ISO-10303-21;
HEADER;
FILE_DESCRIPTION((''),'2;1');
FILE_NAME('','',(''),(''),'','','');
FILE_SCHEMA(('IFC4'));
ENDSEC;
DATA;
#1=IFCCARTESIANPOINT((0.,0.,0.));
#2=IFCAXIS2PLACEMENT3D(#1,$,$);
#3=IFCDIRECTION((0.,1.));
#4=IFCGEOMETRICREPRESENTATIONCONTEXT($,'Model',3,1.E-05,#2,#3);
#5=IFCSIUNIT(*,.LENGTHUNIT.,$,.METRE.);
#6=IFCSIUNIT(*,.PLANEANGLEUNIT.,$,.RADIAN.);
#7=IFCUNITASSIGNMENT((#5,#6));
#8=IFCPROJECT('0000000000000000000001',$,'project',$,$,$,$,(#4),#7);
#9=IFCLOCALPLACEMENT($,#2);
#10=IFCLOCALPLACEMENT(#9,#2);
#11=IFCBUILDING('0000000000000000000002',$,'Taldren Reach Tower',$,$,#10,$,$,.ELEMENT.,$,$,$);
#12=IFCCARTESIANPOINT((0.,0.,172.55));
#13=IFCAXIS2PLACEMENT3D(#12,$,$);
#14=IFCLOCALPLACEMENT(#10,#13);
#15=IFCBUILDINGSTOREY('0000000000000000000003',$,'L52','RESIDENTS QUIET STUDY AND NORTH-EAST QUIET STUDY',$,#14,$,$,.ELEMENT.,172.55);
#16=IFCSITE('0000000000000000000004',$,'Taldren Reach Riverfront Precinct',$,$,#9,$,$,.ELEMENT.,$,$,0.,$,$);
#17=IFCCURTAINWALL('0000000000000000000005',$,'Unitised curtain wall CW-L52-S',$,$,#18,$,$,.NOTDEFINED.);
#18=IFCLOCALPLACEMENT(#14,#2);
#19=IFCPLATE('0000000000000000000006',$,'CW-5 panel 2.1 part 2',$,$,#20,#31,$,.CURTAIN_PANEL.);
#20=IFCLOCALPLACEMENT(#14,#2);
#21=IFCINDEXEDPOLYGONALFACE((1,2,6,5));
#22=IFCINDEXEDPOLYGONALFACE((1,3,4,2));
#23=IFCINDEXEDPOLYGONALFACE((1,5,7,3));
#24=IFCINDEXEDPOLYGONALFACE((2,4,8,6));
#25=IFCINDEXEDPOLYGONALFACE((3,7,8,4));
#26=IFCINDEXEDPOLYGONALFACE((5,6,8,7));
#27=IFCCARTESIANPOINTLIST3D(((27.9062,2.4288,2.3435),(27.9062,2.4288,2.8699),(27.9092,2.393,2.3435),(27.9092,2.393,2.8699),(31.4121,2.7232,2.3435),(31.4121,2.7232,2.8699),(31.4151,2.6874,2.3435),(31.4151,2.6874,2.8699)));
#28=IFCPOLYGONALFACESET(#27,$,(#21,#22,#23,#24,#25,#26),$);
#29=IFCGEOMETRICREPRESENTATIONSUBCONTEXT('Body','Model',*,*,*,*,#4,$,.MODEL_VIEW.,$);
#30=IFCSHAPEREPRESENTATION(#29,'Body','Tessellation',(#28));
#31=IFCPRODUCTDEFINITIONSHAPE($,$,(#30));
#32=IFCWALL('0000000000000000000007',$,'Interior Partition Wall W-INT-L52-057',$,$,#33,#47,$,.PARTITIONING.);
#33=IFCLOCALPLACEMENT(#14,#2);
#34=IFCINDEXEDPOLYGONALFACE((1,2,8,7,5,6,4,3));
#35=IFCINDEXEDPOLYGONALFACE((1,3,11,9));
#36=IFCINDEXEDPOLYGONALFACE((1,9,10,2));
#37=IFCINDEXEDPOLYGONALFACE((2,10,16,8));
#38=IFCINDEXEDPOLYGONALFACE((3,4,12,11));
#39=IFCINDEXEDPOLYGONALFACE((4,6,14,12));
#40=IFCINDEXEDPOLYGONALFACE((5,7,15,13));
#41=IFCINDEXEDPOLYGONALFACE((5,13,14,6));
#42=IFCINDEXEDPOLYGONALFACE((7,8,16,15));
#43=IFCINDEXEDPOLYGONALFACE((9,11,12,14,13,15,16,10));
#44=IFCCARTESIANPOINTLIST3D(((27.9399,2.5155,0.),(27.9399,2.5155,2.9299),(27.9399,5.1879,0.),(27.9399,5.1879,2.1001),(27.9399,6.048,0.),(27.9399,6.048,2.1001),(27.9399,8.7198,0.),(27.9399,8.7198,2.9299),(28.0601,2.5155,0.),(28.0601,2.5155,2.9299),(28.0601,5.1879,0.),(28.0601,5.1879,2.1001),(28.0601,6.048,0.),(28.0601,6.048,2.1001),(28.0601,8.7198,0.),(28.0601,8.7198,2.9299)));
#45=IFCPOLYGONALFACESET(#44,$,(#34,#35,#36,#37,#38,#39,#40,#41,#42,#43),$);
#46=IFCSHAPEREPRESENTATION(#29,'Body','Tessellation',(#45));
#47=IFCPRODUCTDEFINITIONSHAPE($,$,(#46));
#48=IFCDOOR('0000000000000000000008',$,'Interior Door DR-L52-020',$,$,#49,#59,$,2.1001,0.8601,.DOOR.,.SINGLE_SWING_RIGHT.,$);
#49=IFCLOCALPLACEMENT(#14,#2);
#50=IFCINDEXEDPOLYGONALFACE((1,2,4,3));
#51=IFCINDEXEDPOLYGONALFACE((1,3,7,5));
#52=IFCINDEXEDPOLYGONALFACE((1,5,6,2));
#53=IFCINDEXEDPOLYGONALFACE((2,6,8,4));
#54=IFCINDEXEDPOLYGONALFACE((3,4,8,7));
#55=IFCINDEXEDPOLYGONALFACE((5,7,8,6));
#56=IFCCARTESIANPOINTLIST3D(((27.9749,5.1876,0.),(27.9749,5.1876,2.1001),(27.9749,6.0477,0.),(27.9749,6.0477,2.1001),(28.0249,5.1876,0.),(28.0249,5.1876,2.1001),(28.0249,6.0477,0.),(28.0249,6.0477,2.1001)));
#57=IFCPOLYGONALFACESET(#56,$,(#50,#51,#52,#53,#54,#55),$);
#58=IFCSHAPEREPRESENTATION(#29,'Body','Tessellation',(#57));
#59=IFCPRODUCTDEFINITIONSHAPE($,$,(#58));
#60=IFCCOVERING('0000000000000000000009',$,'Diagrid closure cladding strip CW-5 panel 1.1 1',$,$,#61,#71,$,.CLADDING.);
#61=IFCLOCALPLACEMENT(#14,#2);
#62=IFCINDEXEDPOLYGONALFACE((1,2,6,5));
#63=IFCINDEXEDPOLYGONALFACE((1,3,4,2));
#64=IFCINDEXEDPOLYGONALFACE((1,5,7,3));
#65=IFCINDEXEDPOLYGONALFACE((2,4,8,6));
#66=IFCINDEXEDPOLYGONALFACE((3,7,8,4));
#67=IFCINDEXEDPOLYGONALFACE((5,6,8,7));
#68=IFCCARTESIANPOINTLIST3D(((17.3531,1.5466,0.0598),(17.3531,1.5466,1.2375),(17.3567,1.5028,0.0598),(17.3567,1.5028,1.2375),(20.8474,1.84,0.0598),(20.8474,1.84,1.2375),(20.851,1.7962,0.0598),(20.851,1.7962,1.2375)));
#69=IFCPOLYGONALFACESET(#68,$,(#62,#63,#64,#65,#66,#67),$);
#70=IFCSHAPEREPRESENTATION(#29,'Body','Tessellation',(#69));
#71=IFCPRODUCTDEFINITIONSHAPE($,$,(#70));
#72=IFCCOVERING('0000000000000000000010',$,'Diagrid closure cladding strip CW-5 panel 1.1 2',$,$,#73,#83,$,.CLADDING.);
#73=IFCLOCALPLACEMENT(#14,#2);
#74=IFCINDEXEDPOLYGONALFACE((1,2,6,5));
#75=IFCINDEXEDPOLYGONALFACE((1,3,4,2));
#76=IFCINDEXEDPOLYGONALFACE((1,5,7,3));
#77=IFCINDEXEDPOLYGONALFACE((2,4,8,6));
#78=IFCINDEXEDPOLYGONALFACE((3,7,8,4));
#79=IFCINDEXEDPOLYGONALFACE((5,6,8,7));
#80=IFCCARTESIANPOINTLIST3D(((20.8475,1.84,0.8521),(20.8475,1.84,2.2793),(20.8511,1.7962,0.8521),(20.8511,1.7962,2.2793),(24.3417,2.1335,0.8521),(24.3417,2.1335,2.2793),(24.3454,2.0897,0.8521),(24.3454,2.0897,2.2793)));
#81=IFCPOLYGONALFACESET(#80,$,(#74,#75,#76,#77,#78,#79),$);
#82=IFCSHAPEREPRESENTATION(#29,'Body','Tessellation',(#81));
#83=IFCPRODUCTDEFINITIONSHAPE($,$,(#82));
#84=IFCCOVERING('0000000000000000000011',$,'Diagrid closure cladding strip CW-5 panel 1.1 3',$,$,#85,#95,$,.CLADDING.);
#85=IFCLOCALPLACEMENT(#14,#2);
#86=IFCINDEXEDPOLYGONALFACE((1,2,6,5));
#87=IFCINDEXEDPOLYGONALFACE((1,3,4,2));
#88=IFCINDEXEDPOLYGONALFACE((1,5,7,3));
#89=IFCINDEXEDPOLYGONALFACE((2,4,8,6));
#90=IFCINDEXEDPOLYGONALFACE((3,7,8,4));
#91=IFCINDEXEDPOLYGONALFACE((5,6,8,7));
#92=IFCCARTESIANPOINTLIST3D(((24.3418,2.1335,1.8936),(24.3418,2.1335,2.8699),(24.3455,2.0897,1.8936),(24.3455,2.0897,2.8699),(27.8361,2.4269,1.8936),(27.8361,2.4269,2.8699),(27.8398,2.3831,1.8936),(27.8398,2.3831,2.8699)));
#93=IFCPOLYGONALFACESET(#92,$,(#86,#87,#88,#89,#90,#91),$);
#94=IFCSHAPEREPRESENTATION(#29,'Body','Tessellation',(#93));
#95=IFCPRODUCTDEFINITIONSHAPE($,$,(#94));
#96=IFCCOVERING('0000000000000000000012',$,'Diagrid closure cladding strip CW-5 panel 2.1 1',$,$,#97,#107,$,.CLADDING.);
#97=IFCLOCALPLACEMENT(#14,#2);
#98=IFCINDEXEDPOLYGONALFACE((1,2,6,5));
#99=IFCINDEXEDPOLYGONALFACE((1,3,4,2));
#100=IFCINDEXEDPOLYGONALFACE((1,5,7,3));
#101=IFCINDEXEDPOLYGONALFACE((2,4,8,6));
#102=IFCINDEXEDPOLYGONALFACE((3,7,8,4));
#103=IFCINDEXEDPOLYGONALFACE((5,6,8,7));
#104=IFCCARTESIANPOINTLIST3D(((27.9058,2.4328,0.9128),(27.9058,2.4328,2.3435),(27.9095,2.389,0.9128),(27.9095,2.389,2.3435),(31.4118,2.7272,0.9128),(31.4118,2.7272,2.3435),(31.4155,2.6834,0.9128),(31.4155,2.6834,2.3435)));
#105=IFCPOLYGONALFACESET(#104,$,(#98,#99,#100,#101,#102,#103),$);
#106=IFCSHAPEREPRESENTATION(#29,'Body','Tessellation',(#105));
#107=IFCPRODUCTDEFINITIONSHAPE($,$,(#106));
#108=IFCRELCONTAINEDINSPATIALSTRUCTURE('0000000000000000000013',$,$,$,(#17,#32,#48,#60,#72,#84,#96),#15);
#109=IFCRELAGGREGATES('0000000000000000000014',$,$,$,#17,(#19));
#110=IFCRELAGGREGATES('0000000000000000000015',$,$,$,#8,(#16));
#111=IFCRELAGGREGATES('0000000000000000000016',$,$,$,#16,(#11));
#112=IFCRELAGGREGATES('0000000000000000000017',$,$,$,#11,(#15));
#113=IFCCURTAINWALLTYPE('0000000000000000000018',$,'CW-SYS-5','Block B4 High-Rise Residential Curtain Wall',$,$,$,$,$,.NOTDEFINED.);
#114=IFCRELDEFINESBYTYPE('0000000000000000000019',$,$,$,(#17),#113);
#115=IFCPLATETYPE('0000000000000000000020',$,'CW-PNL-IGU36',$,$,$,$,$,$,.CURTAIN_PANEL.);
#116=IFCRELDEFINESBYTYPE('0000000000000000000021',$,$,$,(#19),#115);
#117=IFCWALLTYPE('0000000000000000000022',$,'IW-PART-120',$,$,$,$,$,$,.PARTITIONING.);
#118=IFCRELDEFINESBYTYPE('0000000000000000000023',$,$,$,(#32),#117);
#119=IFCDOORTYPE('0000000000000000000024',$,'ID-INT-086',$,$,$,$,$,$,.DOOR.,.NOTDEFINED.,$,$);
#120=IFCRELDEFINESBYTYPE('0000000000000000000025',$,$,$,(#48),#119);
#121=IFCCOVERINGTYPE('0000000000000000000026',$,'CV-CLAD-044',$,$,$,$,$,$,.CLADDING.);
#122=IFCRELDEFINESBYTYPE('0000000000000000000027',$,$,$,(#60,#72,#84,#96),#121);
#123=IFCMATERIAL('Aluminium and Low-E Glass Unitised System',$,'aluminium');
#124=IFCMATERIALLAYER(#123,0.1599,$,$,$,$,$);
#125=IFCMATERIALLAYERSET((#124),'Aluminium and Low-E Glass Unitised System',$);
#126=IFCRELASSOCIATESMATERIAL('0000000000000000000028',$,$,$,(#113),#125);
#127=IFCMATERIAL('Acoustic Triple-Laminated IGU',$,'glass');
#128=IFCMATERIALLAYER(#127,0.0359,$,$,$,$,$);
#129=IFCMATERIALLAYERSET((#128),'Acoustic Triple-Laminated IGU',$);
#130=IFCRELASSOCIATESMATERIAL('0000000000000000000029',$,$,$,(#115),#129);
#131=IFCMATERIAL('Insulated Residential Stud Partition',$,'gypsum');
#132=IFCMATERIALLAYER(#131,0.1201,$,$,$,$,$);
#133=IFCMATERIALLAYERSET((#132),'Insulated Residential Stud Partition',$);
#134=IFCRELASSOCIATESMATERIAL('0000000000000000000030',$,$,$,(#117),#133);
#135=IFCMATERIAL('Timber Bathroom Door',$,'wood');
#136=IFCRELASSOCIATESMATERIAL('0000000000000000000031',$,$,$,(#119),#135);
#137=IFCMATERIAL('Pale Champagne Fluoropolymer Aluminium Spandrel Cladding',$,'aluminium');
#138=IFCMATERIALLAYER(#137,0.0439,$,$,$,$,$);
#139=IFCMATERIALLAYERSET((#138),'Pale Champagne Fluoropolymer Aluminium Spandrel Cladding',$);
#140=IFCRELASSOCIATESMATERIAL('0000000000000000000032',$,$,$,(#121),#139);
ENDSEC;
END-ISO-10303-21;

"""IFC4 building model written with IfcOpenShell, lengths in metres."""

from ifc_helpers import new_model, si_unit, direction, frame, frame_2d, origin, origin_2d, place, context, subcontext, project, spatial, rectangle, extrude, source, transform, mapped, material, layer, layer_set, type_object, element, fill, aggregate, save


model = new_model("IFC4")

# Units and contexts
model_context = context("Model", 3, precision=1e-05, world=origin(), true_north=direction((0.0, 1.0)))
body_context = subcontext(model_context, "Body", "Model", "MODEL_VIEW")
ifc_project = project(units=[si_unit("LENGTHUNIT", "METRE"), si_unit("PLANEANGLEUNIT", "RADIAN")], contexts=[model_context])

# Site, building, storey
site_placement = place(None, origin())
site = spatial("IfcSite", under=ifc_project, at=site_placement, Name="Taldren Reach Riverfront Precinct", CompositionType="ELEMENT", RefElevation=0.0)
building_placement = place(site_placement, origin())
building = spatial("IfcBuilding", under=site, at=building_placement, Name="Taldren Reach Tower", CompositionType="ELEMENT")
storey_placement = place(building_placement, frame((0.0, 0.0, 172.55)))
storey = spatial("IfcBuildingStorey", under=building, at=storey_placement, Name="L52", Description="RESIDENTS QUIET STUDY AND NORTH-EAST QUIET STUDY", CompositionType="ELEMENT", Elevation=172.55)

# Curtain wall
ifc_material_1 = material(Name="Aluminium and Low-E Glass Unitised System", Category="aluminium")
ifc_layer_1 = layer(ifc_material_1, 0.1599)
ifc_layer_set_1 = layer_set([ifc_layer_1], Name="Aluminium and Low-E Glass Unitised System")
curtain_wall_type = type_object("IfcCurtainWallType", Name="CW-SYS-5", Description="Block B4 High-Rise Residential Curtain Wall", PredefinedType="NOTDEFINED", material=ifc_layer_set_1)
curtain_wall_placement = place(storey_placement, origin())
curtain_wall = element("IfcCurtainWall", 1, at=curtain_wall_placement, inside=storey, type_object=curtain_wall_type, Name="Unitised curtain wall CW-L52-S", PredefinedType="NOTDEFINED")

# Plate
ifc_material_2 = material(Name="Acoustic Triple-Laminated IGU", Category="glass")
ifc_layer_2 = layer(ifc_material_2, 0.0359)
ifc_layer_set_2 = layer_set([ifc_layer_2], Name="Acoustic Triple-Laminated IGU")
plate_type_1 = type_object("IfcPlateType", Name="CW-PNL-IGU36", PredefinedType="CURTAIN_PANEL", material=ifc_layer_set_2)
shared_shape_1 = source(origin(), body_context, "Body", "SweptSolid", [
    extrude(rectangle(XDim=3.5183, YDim=0.0359, at=origin_2d()), origin(), (0.0, 0.0, 1.0), 0.5264),
])
plate_1_placement = place(storey_placement, frame((29.6606, 2.5581, 2.3435), z_axis=(0.0, 0.0, 1.0), x_axis=(0.996493, 0.083678, 0.0)))
plate_1 = element("IfcPlate", 2, at=plate_1_placement, type_object=plate_type_1, Name="CW-5 panel 2.1 part 2", PredefinedType="CURTAIN_PANEL", context=body_context, shape_type="MappedRepresentation", body=[
    mapped(shared_shape_1, transform((0.0, 0.0, 0.0), scale=1.0)),
])
aggregate(curtain_wall, [plate_1])

# Wall, opening, door
ifc_material_3 = material(Name="Insulated Residential Stud Partition", Category="gypsum")
ifc_layer_3 = layer(ifc_material_3, 0.1201)
ifc_layer_set_3 = layer_set([ifc_layer_3], Name="Insulated Residential Stud Partition")
wall_type = type_object("IfcWallType", Name="IW-PART-120", PredefinedType="PARTITIONING", material=ifc_layer_set_3)
shared_shape_2 = source(origin(), body_context, "Body", "SweptSolid", [
    extrude(rectangle(XDim=6.2043, YDim=0.1201, at=frame_2d((3.1021, 0.0))), origin(), (0.0, 0.0, 1.0), 2.9299),
])
wall_placement = place(storey_placement, frame((28.0, 2.5156, 0.0), z_axis=(0.0, 0.0, 1.0), x_axis=(0.0, 1.0, 0.0)))
wall = element("IfcWall", 3, at=wall_placement, inside=storey, type_object=wall_type, Name="Interior Partition Wall W-INT-L52-057", PredefinedType="PARTITIONING", context=body_context, shape_type="MappedRepresentation", body=[
    mapped(shared_shape_2, transform((0.0, 0.0, 0.0), scale=1.0)),
])
shared_shape_3 = source(origin(), body_context, "Body", "SweptSolid", [
    extrude(rectangle(XDim=0.8601, YDim=2.1001, at=frame_2d((0.4302, 1.05))), frame((0.0, 0.0701, 0.0), z_axis=(0.0, -1.0, 0.0), x_axis=(1.0, 0.0, 0.0)), (0.0, 0.0, 1.0), 0.1401),
])
opening_placement = place(wall_placement, frame((2.6721, 0.0, 0.0)))
opening = element("IfcOpeningElement", 4, at=opening_placement, cuts=wall, PredefinedType="OPENING", context=body_context, shape_type="MappedRepresentation", body=[
    mapped(shared_shape_3, transform((0.0, 0.0, 0.0), scale=1.0)),
])
ifc_material_4 = material(Name="Timber Bathroom Door", Category="wood")
door_type = type_object("IfcDoorType", Name="ID-INT-086", OperationType="NOTDEFINED", PredefinedType="DOOR", material=ifc_material_4)
shared_shape_4 = source(origin(), body_context, "Body", "SweptSolid", [
    extrude(rectangle(XDim=0.8601, YDim=2.1001, at=frame_2d((0.4302, 1.05))), frame((0.0, 0.0249, 0.0), z_axis=(0.0, -1.0, 0.0), x_axis=(1.0, 0.0, 0.0)), (0.0, 0.0, 1.0), 0.05),
])
door_placement = place(opening_placement, frame((0.8601, 0.0, 0.0), z_axis=(0.0, 0.0, 1.0), x_axis=(-1.0, 0.0, 0.0)))
door = element("IfcDoor", 5, at=door_placement, inside=storey, type_object=door_type, Name="Interior Door DR-L52-020", OperationType="SINGLE_SWING_RIGHT", OverallHeight=2.1001, OverallWidth=0.8601, PredefinedType="DOOR", context=body_context, shape_type="MappedRepresentation", body=[
    mapped(shared_shape_4, transform((0.0, 0.0, 0.0), scale=1.0)),
])
fill(opening, door)

# Coverings
ifc_material_5 = material(Name="Pale Champagne Fluoropolymer Aluminium Spandrel Cladding", Category="aluminium")
ifc_layer_4 = layer(ifc_material_5, 0.0439)
ifc_layer_set_4 = layer_set([ifc_layer_4], Name="Pale Champagne Fluoropolymer Aluminium Spandrel Cladding")
covering_type = type_object("IfcCoveringType", Name="CV-CLAD-044", PredefinedType="CLADDING", material=ifc_layer_set_4)
shared_shape_5 = source(origin(), body_context, "Body", "SweptSolid", [
    extrude(rectangle(XDim=3.5066, YDim=0.0439, at=origin_2d()), origin(), (0.0, 0.0, 1.0), 1.1777),
])
covering_1_placement = place(storey_placement, frame((19.1021, 1.6714, 0.0598), z_axis=(0.0, 0.0, 1.0), x_axis=(0.996493, 0.083678, 0.0)))
element("IfcCovering", 6, at=covering_1_placement, inside=storey, type_object=covering_type, Name="Diagrid closure cladding strip CW-5 panel 1.1 1", PredefinedType="CLADDING", context=body_context, shape_type="MappedRepresentation", body=[
    mapped(shared_shape_5, transform((0.0, 0.0, 0.0), scale=1.0)),
])
shared_shape_6 = source(origin(), body_context, "Body", "SweptSolid", [
    extrude(rectangle(XDim=3.5066, YDim=0.0439, at=origin_2d()), origin(), (0.0, 0.0, 1.0), 1.4272),
])
covering_2_placement = place(storey_placement, frame((22.5964, 1.9648, 0.8521), z_axis=(0.0, 0.0, 1.0), x_axis=(0.996493, 0.083678, 0.0)))
element("IfcCovering", 7, at=covering_2_placement, inside=storey, type_object=covering_type, Name="Diagrid closure cladding strip CW-5 panel 1.1 2", PredefinedType="CLADDING", context=body_context, shape_type="MappedRepresentation", body=[
    mapped(shared_shape_6, transform((0.0, 0.0, 0.0), scale=1.0)),
])
shared_shape_7 = source(origin(), body_context, "Body", "SweptSolid", [
    extrude(rectangle(XDim=3.5066, YDim=0.0439, at=origin_2d()), origin(), (0.0, 0.0, 1.0), 0.9763),
])
covering_3_placement = place(storey_placement, frame((26.0908, 2.2583, 1.8936), z_axis=(0.0, 0.0, 1.0), x_axis=(0.996493, 0.083678, 0.0)))
element("IfcCovering", 8, at=covering_3_placement, inside=storey, type_object=covering_type, Name="Diagrid closure cladding strip CW-5 panel 1.1 3", PredefinedType="CLADDING", context=body_context, shape_type="MappedRepresentation", body=[
    mapped(shared_shape_7, transform((0.0, 0.0, 0.0), scale=1.0)),
])
shared_shape_8 = source(origin(), body_context, "Body", "SweptSolid", [
    extrude(rectangle(XDim=3.5183, YDim=0.0439, at=origin_2d()), origin(), (0.0, 0.0, 1.0), 1.4307),
])
covering_4_placement = place(storey_placement, frame((29.6606, 2.5581, 0.9128), z_axis=(0.0, 0.0, 1.0), x_axis=(0.996493, 0.083678, 0.0)))
element("IfcCovering", 9, at=covering_4_placement, inside=storey, type_object=covering_type, Name="Diagrid closure cladding strip CW-5 panel 2.1 1", PredefinedType="CLADDING", context=body_context, shape_type="MappedRepresentation", body=[
    mapped(shared_shape_8, transform((0.0, 0.0, 0.0), scale=1.0)),
])

save(model, "model.ifc")
